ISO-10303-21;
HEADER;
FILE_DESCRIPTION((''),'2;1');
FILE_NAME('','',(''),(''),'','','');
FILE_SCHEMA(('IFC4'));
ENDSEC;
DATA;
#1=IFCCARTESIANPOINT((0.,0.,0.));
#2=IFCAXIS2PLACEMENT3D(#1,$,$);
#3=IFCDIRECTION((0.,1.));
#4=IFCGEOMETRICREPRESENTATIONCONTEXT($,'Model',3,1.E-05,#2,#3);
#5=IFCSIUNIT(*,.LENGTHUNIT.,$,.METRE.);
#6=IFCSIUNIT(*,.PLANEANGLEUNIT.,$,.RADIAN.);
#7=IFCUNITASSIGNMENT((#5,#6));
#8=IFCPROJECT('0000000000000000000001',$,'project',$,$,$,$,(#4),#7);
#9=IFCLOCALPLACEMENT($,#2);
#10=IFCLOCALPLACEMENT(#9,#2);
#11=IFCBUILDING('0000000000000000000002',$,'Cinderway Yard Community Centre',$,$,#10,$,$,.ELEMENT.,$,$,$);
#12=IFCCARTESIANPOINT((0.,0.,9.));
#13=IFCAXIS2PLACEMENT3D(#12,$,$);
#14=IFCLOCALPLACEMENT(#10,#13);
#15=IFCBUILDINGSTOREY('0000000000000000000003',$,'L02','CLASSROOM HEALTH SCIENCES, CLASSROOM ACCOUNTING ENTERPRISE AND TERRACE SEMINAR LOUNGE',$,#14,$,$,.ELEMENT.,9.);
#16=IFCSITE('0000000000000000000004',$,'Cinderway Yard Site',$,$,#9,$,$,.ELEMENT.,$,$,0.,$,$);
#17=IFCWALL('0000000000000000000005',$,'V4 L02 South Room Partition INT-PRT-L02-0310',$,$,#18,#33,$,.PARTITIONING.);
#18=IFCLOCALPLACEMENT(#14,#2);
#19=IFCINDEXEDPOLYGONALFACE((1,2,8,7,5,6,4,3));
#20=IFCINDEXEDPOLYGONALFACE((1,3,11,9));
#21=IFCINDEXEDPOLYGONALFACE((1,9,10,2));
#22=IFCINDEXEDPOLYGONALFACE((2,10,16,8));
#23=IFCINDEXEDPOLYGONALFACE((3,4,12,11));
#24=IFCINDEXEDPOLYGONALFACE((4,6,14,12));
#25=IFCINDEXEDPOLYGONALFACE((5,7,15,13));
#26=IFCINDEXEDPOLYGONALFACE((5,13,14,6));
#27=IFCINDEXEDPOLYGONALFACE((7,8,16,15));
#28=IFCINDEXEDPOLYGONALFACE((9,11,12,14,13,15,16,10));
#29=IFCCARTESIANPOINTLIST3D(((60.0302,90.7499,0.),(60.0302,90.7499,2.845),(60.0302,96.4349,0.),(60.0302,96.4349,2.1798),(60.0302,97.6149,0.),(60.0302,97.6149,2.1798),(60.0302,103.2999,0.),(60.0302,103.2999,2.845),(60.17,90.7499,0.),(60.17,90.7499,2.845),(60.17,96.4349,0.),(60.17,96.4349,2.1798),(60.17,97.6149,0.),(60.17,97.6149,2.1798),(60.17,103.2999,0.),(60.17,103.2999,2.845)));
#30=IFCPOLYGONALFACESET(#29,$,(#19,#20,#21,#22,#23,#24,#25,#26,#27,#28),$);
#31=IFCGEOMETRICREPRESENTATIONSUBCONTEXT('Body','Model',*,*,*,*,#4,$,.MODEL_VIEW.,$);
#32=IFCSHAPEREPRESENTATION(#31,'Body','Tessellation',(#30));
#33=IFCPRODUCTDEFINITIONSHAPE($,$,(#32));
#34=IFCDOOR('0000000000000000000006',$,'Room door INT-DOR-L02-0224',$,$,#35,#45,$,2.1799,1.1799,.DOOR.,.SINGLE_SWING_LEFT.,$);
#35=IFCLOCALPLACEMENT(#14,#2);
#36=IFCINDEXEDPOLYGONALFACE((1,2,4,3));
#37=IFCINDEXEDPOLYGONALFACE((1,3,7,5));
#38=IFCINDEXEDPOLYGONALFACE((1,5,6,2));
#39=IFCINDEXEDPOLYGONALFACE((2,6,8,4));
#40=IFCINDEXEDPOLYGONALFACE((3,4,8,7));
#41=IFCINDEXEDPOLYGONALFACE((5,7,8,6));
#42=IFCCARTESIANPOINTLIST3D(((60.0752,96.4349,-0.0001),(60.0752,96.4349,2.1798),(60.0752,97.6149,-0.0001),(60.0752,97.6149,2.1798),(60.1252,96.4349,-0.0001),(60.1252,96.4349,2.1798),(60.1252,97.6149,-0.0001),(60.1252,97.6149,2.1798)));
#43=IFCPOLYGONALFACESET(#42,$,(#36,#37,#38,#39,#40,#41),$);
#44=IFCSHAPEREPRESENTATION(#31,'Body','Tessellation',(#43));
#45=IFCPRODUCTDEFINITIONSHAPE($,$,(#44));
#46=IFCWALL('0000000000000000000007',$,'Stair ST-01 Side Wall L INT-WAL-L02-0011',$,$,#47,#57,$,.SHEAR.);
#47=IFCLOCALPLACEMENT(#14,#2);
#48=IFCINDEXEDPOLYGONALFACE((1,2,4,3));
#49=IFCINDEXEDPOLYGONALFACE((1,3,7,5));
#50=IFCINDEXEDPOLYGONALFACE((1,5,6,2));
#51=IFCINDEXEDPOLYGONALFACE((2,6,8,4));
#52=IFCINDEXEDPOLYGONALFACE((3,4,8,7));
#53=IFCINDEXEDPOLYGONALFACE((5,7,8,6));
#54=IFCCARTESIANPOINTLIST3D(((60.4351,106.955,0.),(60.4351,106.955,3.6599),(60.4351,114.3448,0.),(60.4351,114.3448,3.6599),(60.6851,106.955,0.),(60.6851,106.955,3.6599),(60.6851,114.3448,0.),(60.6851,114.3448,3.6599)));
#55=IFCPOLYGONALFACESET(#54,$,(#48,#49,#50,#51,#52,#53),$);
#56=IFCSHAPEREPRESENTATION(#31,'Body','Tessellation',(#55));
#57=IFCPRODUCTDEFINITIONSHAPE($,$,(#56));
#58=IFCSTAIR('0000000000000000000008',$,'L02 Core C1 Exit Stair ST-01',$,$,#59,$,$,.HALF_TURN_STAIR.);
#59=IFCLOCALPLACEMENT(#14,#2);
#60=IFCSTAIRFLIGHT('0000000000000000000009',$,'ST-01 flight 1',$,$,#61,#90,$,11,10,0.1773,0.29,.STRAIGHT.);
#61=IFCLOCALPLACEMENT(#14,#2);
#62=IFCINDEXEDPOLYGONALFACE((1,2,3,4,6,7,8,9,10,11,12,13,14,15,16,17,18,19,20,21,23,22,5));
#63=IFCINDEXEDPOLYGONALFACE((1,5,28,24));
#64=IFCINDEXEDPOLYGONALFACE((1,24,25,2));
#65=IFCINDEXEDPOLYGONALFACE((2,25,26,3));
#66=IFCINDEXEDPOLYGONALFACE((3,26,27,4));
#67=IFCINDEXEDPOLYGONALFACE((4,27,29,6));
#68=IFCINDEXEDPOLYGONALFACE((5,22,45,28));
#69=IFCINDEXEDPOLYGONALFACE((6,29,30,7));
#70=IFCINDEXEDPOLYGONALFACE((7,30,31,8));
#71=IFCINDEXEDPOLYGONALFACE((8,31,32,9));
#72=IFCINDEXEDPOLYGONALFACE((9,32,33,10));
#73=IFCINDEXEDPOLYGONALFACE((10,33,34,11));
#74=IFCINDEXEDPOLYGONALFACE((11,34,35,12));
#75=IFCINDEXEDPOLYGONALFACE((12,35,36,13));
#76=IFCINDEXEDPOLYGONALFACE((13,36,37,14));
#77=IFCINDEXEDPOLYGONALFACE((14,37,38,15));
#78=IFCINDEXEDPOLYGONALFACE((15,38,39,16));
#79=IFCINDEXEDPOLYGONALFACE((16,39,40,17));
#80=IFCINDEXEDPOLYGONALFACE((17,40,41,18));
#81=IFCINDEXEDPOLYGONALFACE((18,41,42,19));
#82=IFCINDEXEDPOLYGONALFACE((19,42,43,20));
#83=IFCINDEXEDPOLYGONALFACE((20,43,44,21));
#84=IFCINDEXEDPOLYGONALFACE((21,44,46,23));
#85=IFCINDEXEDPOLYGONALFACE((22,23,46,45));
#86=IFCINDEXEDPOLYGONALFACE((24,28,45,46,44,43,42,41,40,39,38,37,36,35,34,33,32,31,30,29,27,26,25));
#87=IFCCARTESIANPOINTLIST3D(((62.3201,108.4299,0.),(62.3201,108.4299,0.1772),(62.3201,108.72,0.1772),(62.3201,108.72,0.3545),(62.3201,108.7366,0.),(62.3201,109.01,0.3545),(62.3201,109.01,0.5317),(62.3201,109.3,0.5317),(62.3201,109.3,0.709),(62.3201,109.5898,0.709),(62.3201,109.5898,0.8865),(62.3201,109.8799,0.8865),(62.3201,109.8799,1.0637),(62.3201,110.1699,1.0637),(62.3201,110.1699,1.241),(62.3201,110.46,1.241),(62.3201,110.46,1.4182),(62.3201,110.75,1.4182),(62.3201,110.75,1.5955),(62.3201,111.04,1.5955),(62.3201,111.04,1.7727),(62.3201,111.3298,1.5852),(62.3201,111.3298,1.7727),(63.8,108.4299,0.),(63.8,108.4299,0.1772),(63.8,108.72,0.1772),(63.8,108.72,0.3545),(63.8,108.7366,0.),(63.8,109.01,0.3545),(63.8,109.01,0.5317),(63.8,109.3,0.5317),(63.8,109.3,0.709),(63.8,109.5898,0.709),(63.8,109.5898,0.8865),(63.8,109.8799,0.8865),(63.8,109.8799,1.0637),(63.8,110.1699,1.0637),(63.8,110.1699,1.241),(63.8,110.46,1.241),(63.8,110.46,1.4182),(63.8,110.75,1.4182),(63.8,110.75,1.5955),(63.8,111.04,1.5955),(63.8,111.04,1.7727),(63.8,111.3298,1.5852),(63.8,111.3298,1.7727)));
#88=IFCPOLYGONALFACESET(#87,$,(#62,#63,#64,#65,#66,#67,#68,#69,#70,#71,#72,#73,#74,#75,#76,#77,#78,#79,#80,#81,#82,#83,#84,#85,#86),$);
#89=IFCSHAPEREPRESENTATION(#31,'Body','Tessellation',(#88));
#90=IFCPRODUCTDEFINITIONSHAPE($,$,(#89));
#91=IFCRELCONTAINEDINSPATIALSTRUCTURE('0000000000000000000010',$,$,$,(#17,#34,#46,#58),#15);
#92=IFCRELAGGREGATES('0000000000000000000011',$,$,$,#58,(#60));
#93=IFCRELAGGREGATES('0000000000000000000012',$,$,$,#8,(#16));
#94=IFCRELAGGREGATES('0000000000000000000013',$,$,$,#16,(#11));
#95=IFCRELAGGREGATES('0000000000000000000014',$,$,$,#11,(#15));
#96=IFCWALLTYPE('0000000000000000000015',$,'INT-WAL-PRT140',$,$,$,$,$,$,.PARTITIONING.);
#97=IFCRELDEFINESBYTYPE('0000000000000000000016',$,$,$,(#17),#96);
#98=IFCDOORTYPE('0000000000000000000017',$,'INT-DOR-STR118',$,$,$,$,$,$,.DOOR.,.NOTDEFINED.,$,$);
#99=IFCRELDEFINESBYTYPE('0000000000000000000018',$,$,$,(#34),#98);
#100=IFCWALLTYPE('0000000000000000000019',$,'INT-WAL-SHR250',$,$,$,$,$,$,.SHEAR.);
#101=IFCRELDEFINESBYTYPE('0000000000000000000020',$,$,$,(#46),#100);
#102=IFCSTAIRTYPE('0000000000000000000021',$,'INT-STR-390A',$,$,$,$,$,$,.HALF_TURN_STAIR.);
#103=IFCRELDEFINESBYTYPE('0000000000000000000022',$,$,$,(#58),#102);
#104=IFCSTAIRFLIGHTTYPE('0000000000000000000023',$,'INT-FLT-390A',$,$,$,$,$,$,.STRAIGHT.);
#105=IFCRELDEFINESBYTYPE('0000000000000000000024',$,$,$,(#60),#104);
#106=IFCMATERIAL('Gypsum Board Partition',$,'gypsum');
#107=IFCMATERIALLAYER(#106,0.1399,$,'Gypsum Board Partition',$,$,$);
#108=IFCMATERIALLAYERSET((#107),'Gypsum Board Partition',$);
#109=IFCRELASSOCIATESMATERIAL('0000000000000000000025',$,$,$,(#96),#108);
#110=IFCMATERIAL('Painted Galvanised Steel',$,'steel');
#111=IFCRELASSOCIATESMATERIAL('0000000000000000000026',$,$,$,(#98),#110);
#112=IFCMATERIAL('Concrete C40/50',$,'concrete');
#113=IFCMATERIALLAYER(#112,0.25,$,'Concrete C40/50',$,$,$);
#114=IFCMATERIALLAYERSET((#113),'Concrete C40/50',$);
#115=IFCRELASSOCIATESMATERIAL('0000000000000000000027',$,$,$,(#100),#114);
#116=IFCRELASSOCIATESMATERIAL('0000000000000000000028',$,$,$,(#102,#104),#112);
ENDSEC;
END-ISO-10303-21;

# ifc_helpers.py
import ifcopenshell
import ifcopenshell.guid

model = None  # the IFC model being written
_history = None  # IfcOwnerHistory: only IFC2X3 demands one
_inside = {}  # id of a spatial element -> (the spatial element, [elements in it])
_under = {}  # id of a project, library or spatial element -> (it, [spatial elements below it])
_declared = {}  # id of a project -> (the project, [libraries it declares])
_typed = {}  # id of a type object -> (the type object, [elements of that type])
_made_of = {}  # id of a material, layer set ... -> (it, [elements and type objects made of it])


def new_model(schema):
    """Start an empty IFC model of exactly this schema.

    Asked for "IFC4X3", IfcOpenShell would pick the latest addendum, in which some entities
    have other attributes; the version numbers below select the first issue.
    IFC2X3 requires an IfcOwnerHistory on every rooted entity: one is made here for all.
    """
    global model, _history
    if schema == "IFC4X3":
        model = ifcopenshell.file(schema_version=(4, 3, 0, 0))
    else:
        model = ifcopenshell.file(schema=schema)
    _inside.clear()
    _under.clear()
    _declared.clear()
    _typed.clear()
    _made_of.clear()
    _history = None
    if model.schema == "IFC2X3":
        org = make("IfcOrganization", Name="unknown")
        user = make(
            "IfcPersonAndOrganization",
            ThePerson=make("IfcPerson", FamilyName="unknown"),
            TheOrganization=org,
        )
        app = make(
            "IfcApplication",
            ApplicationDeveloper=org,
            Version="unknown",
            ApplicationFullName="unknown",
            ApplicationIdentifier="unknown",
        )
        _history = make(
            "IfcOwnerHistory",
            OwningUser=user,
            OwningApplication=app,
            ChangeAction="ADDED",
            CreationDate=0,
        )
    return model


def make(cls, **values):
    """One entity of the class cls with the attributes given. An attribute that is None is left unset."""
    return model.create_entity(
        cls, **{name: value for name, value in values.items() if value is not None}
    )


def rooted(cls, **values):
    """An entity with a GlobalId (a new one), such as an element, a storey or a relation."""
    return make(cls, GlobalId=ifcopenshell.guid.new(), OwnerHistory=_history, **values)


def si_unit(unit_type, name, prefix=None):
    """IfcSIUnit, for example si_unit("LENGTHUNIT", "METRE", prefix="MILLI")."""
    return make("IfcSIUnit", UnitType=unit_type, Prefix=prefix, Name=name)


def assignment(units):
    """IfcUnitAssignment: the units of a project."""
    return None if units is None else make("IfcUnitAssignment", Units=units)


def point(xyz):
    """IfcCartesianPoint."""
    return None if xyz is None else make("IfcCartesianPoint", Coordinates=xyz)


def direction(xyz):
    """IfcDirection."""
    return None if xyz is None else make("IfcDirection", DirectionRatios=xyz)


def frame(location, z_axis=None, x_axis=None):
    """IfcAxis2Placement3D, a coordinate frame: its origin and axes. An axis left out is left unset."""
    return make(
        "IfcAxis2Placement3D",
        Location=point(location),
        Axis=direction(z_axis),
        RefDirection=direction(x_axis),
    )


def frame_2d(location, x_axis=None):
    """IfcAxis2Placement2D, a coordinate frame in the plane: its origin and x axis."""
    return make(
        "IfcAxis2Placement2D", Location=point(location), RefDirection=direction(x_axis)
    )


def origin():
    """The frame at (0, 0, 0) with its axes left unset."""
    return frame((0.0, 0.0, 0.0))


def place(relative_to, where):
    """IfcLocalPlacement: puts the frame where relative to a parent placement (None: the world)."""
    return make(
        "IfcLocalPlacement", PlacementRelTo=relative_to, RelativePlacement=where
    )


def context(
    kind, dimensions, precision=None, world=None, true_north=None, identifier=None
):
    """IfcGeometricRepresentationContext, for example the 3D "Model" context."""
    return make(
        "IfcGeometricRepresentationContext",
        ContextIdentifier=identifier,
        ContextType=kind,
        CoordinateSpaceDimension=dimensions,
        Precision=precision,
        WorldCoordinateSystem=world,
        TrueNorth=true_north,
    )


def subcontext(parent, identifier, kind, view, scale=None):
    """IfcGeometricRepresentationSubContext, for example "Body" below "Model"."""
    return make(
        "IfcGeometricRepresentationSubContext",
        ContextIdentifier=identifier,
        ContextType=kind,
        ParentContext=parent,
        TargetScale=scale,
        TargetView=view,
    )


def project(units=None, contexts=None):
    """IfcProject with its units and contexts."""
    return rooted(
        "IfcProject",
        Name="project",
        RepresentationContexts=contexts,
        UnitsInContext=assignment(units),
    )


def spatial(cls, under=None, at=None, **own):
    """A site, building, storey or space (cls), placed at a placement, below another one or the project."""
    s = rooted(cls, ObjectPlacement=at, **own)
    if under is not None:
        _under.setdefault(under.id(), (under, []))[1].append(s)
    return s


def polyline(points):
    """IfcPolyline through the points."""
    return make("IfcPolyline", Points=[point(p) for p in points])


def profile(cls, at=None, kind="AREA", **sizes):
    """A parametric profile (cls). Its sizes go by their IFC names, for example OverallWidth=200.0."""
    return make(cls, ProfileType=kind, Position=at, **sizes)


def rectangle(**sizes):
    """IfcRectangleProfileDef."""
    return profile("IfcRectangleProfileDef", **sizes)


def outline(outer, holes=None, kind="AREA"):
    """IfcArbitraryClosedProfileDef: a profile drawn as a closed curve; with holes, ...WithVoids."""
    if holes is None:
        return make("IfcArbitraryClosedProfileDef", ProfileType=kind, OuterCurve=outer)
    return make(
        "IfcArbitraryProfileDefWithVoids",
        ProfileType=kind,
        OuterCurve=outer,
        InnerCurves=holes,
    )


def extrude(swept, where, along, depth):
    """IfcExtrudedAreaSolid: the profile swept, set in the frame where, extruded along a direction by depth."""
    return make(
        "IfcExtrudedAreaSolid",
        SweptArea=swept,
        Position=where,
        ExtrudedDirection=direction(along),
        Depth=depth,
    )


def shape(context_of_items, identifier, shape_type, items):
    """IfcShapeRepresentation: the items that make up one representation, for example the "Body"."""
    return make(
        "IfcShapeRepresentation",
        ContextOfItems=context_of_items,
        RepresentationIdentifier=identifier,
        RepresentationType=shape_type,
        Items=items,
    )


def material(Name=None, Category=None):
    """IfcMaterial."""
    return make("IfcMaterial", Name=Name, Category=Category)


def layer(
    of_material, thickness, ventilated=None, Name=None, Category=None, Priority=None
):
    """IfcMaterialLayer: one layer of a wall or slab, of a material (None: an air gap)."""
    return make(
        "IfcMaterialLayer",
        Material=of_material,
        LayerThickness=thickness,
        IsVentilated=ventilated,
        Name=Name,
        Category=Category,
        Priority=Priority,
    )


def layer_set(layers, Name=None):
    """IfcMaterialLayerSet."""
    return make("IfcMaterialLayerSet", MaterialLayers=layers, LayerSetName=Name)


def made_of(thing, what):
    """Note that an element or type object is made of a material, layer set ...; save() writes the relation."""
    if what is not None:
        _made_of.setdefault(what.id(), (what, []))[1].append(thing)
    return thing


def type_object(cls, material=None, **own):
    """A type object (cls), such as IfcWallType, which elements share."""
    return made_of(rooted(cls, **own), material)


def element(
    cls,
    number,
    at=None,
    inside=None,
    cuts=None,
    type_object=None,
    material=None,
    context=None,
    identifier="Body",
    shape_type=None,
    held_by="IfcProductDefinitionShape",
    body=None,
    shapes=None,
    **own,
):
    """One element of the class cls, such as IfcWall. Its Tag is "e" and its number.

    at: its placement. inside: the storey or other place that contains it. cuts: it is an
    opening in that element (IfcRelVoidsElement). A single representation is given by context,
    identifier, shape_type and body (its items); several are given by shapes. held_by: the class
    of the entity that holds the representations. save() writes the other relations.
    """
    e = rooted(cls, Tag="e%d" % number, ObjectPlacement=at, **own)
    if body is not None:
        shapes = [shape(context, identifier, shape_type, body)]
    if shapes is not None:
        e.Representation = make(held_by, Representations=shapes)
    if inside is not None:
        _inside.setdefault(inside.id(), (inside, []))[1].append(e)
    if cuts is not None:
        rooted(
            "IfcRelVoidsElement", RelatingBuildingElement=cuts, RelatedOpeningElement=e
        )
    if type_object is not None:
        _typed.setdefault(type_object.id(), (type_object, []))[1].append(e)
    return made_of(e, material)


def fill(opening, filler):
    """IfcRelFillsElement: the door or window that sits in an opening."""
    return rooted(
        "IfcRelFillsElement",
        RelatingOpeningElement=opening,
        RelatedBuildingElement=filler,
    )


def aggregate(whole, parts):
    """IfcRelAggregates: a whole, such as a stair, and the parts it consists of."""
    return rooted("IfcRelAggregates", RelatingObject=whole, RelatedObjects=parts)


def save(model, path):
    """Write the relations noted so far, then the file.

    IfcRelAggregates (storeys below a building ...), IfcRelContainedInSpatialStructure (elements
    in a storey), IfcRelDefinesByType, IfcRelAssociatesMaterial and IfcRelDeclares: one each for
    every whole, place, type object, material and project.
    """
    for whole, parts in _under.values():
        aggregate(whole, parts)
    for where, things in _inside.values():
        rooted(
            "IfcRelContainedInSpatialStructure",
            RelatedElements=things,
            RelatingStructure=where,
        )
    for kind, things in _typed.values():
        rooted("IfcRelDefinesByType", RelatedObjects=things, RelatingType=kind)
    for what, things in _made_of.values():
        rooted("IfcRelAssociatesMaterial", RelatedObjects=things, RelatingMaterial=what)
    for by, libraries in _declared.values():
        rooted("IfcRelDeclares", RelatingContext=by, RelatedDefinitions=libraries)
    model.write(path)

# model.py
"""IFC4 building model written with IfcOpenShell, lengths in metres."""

from ifc_helpers import new_model, si_unit, direction, frame, frame_2d, origin, place, context, subcontext, project, spatial, polyline, rectangle, outline, extrude, material, layer, layer_set, type_object, element, fill, aggregate, save


model = new_model("IFC4")

# Units and contexts
model_context = context("Model", 3, precision=1e-05, world=origin(), true_north=direction((0.0, 1.0)))
body_context = subcontext(model_context, "Body", "Model", "MODEL_VIEW")
ifc_project = project(units=[si_unit("LENGTHUNIT", "METRE"), si_unit("PLANEANGLEUNIT", "RADIAN")], contexts=[model_context])

# Site, building, storey
site_placement = place(None, origin())
site = spatial("IfcSite", under=ifc_project, at=site_placement, Name="Cinderway Yard Site", CompositionType="ELEMENT", RefElevation=0.0)
building_placement = place(site_placement, origin())
building = spatial("IfcBuilding", under=site, at=building_placement, Name="Cinderway Yard Community Centre", CompositionType="ELEMENT")
storey_placement = place(building_placement, frame((0.0, 0.0, 9.0)))
storey = spatial("IfcBuildingStorey", under=building, at=storey_placement, Name="L02", Description="CLASSROOM HEALTH SCIENCES, CLASSROOM ACCOUNTING ENTERPRISE AND TERRACE SEMINAR LOUNGE", CompositionType="ELEMENT", Elevation=9.0)

# Shared definitions
ifc_material_1 = material(Name="Concrete C40/50", Category="concrete")

# Wall, opening, door
ifc_material_2 = material(Name="Gypsum Board Partition", Category="gypsum")
ifc_layer_1 = layer(ifc_material_2, 0.1399, Name="Gypsum Board Partition")
ifc_layer_set_1 = layer_set([ifc_layer_1], Name="Gypsum Board Partition")
wall_type_1 = type_object("IfcWallType", Name="INT-WAL-PRT140", PredefinedType="PARTITIONING", material=ifc_layer_set_1)
wall_1_placement = place(storey_placement, frame((60.1001, 90.75, 0.0), z_axis=(0.0, 0.0, 1.0), x_axis=(0.0, 1.0, 0.0)))
wall_1 = element("IfcWall", 1, at=wall_1_placement, inside=storey, type_object=wall_type_1, Name="V4 L02 South Room Partition INT-PRT-L02-0310", PredefinedType="PARTITIONING", context=body_context, shape_type="SweptSolid", body=[
    extrude(rectangle(XDim=12.55, YDim=0.1399, at=frame_2d((6.2749, 0.0))), origin(), (0.0, 0.0, 1.0), 2.845),
])
opening_1_placement = place(wall_1_placement, frame((5.6851, 0.0, 0.0)))
opening_1 = element("IfcOpeningElement", 2, at=opening_1_placement, cuts=wall_1, PredefinedType="OPENING", context=body_context, shape_type="SweptSolid", body=[
    extrude(rectangle(XDim=1.1799, YDim=2.1799, at=frame_2d((0.5898, 1.0898))), frame((0.0, 0.0798, 0.0), z_axis=(0.0, -1.0, 0.0), x_axis=(1.0, 0.0, 0.0)), (0.0, 0.0, 1.0), 0.1599),
])
ifc_material_3 = material(Name="Painted Galvanised Steel", Category="steel")
door_type_1 = type_object("IfcDoorType", Name="INT-DOR-STR118", OperationType="NOTDEFINED", PredefinedType="DOOR", material=ifc_material_3)
door_1_placement = place(opening_1_placement, origin())
door_1 = element("IfcDoor", 3, at=door_1_placement, inside=storey, type_object=door_type_1, Name="Room door INT-DOR-L02-0224", OperationType="SINGLE_SWING_LEFT", OverallHeight=2.1799, OverallWidth=1.1799, PredefinedType="DOOR", context=body_context, shape_type="SweptSolid", body=[
    extrude(rectangle(XDim=1.1799, YDim=2.1799, at=frame_2d((0.5898, 1.0898))), frame((0.0, 0.0249, 0.0), z_axis=(0.0, -1.0, 0.0), x_axis=(1.0, 0.0, 0.0)), (0.0, 0.0, 1.0), 0.05),
])
fill(opening_1, door_1)
ifc_layer_2 = layer(ifc_material_1, 0.25, Name="Concrete C40/50")
ifc_layer_set_2 = layer_set([ifc_layer_2], Name="Concrete C40/50")
wall_type_2 = type_object("IfcWallType", Name="INT-WAL-SHR250", PredefinedType="SHEAR", material=ifc_layer_set_2)

# Wall
wall_2_placement = place(storey_placement, frame((60.5601, 106.9551, 0.0), z_axis=(0.0, 0.0, 1.0), x_axis=(0.0, 1.0, 0.0)))
element("IfcWall", 4, at=wall_2_placement, inside=storey, type_object=wall_type_2, Name="Stair ST-01 Side Wall L INT-WAL-L02-0011", PredefinedType="SHEAR", context=body_context, shape_type="SweptSolid", body=[
    extrude(rectangle(XDim=7.3899, YDim=0.25, at=frame_2d((3.6948, 0.0))), origin(), (0.0, 0.0, 1.0), 3.6599),
])

# Stair, stair flight
stair_type = type_object("IfcStairType", Name="INT-STR-390A", PredefinedType="HALF_TURN_STAIR", material=ifc_material_1)
stair_placement = place(storey_placement, origin())
stair = element("IfcStair", 5, at=stair_placement, inside=storey, type_object=stair_type, Name="L02 Core C1 Exit Stair ST-01", PredefinedType="HALF_TURN_STAIR")
stair_flight_type = type_object("IfcStairFlightType", Name="INT-FLT-390A", PredefinedType="STRAIGHT", material=ifc_material_1)
stair_flight_placement = place(storey_placement, frame((63.0601, 108.4299, 0.0), z_axis=(0.0, 0.0, 1.0), x_axis=(0.0, 1.0, 0.0)))
stair_flight = element("IfcStairFlight", 6, at=stair_flight_placement, type_object=stair_flight_type, Name="ST-01 flight 1", NumberOfRisers=11, NumberOfTreads=10, PredefinedType="STRAIGHT", RiserHeight=0.1773, TreadLength=0.29, context=body_context, shape_type="SweptSolid", body=[
    extrude(outline(polyline([(0.0, 0.0), (0.0, 0.1772), (0.29, 0.1772), (0.29, 0.3545), (0.5801, 0.3545), (0.5801, 0.5317), (0.8701, 0.5317), (0.8701, 0.709), (1.1599, 0.709), (1.1599, 0.8865), (1.45, 0.8865), (1.45, 1.0637), (1.74, 1.0637), (1.74, 1.241), (2.03, 1.241), (2.03, 1.4182), (2.3201, 1.4182), (2.3201, 1.5955), (2.6101, 1.5955), (2.6101, 1.7727), (2.8999, 1.7727), (2.8999, 1.95), (2.8999, 1.5852), (0.3066, 0.0), (0.0, 0.0)])), frame((0.0, 0.74, 0.0), z_axis=(0.0, -1.0, 0.0), x_axis=(1.0, 0.0, 0.0)), (0.0, 0.0, 1.0), 1.48),
])
aggregate(stair, [stair_flight])

save(model, "model.ifc")
